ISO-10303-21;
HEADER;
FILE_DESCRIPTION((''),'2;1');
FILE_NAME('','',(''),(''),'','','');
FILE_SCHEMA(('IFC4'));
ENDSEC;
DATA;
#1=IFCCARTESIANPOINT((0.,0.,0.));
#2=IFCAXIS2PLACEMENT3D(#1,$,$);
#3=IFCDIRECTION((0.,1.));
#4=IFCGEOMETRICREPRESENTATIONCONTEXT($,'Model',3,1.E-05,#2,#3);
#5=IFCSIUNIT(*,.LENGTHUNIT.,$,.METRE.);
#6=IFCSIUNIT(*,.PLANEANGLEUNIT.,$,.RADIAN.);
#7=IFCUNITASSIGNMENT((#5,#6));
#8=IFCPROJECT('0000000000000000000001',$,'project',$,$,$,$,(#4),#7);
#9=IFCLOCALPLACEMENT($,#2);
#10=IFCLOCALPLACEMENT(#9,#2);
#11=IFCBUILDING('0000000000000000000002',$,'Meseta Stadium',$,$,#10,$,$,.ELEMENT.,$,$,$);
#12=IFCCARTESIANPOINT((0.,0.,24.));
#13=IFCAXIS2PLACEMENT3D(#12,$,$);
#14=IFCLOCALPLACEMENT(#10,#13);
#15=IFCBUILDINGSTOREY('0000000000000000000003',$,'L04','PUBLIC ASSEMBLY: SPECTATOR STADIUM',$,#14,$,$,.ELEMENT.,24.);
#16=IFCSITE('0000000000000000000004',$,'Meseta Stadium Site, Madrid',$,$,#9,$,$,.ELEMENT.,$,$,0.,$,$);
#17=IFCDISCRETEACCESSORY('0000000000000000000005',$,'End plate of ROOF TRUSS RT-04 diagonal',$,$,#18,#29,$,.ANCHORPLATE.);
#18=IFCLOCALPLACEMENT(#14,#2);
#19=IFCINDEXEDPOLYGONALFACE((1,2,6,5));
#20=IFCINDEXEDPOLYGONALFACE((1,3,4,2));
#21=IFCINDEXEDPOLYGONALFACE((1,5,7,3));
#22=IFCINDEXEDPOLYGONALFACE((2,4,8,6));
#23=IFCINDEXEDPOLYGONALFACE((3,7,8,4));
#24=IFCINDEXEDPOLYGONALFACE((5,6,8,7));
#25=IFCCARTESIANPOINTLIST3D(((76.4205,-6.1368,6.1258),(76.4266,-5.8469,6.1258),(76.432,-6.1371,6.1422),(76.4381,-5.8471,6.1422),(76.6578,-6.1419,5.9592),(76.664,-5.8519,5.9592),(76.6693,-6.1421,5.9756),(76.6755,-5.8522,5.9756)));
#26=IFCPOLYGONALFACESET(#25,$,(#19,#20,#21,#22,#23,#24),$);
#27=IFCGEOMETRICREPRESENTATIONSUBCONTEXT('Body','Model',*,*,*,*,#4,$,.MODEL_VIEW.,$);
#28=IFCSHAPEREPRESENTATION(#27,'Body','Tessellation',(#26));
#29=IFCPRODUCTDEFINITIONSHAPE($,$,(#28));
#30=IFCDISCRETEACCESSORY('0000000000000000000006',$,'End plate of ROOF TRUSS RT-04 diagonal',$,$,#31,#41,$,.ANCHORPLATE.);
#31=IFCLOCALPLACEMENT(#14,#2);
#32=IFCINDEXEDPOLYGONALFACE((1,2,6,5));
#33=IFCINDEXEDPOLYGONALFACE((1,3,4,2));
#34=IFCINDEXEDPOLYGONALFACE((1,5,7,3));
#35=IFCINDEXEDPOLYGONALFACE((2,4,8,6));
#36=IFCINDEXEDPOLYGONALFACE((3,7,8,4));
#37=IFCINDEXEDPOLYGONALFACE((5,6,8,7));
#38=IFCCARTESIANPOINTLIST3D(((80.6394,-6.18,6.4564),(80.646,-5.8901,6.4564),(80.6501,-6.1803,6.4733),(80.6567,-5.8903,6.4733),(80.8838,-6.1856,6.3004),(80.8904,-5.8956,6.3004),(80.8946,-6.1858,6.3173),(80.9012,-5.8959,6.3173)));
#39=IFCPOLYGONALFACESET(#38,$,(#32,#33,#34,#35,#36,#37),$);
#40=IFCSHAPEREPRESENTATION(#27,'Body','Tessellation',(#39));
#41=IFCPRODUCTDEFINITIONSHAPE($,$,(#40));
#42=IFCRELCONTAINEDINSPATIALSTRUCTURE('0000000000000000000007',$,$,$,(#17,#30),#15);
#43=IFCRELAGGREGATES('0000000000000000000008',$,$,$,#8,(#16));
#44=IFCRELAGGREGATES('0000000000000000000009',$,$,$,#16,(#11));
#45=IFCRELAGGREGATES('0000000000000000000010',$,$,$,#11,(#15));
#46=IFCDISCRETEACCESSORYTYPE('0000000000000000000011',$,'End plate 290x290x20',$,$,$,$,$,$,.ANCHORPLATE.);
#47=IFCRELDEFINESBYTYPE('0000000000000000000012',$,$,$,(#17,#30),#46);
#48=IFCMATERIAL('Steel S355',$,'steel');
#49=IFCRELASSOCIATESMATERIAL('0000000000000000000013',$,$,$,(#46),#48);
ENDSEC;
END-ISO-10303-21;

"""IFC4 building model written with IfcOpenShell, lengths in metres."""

from ifc_helpers import new_model, si_unit, direction, frame, origin, origin_2d, place, context, subcontext, project, spatial, rectangle, extrude, material, material_profile, profile_set, type_object, element, save


model = new_model("IFC4")

# Units and contexts
model_context = context("Model", 3, precision=1e-05, world=origin(), true_north=direction((0.0, 1.0)))
body_context = subcontext(model_context, "Body", "Model", "MODEL_VIEW")
ifc_project = project(units=[si_unit("LENGTHUNIT", "METRE"), si_unit("PLANEANGLEUNIT", "RADIAN")], contexts=[model_context])

# Site, building, storey
site_placement = place(None, origin())
site = spatial("IfcSite", under=ifc_project, at=site_placement, Name="Meseta Stadium Site, Madrid", CompositionType="ELEMENT", RefElevation=0.0)
building_placement = place(site_placement, origin())
building = spatial("IfcBuilding", under=site, at=building_placement, Name="Meseta Stadium", CompositionType="ELEMENT")
storey_placement = place(building_placement, frame((0.0, 0.0, 24.0)))
storey = spatial("IfcBuildingStorey", under=building, at=storey_placement, Name="L04", Description="PUBLIC ASSEMBLY: SPECTATOR STADIUM", CompositionType="ELEMENT", Elevation=24.0)

# Discrete accessories
ifc_material_1 = material(Name="Steel S355", Category="steel")
ifc_material_profile_1 = material_profile(ifc_material_1, rectangle(XDim=0.29, YDim=0.29, at=origin_2d()), Name="PL 290x290")
ifc_profile_set_1 = profile_set([ifc_material_profile_1], Name="Steel S355")
discrete_accessory_type_1 = type_object("IfcDiscreteAccessoryType", Name="End plate 290x290x20", PredefinedType="ANCHORPLATE", material=ifc_profile_set_1)
for number, where, z_axis, x_axis, name in (
    (1, (76.5422, -5.9944, 6.0425), (0.574239, -0.012218, 0.818596), (0.021272, 0.999774, 0.0), "End plate of ROOF TRUSS RT-04 diagonal"),
    (2, (80.7649, -6.0378, 6.3784), (0.537626, -0.012219, 0.843095), (0.022721, 0.999742, 0.0), "End plate of ROOF TRUSS RT-04 diagonal"),
):
    element("IfcDiscreteAccessory", number, at=place(storey_placement, frame(where, z_axis=z_axis, x_axis=x_axis)), inside=storey, type_object=discrete_accessory_type_1, Name=name, PredefinedType="ANCHORPLATE", context=body_context, shape_type="SweptSolid", body=[
        extrude(rectangle(XDim=0.29, YDim=0.29, at=origin_2d()), origin(), (0.0, 0.0, 1.0), 0.02),
    ])

save(model, "model.ifc")
